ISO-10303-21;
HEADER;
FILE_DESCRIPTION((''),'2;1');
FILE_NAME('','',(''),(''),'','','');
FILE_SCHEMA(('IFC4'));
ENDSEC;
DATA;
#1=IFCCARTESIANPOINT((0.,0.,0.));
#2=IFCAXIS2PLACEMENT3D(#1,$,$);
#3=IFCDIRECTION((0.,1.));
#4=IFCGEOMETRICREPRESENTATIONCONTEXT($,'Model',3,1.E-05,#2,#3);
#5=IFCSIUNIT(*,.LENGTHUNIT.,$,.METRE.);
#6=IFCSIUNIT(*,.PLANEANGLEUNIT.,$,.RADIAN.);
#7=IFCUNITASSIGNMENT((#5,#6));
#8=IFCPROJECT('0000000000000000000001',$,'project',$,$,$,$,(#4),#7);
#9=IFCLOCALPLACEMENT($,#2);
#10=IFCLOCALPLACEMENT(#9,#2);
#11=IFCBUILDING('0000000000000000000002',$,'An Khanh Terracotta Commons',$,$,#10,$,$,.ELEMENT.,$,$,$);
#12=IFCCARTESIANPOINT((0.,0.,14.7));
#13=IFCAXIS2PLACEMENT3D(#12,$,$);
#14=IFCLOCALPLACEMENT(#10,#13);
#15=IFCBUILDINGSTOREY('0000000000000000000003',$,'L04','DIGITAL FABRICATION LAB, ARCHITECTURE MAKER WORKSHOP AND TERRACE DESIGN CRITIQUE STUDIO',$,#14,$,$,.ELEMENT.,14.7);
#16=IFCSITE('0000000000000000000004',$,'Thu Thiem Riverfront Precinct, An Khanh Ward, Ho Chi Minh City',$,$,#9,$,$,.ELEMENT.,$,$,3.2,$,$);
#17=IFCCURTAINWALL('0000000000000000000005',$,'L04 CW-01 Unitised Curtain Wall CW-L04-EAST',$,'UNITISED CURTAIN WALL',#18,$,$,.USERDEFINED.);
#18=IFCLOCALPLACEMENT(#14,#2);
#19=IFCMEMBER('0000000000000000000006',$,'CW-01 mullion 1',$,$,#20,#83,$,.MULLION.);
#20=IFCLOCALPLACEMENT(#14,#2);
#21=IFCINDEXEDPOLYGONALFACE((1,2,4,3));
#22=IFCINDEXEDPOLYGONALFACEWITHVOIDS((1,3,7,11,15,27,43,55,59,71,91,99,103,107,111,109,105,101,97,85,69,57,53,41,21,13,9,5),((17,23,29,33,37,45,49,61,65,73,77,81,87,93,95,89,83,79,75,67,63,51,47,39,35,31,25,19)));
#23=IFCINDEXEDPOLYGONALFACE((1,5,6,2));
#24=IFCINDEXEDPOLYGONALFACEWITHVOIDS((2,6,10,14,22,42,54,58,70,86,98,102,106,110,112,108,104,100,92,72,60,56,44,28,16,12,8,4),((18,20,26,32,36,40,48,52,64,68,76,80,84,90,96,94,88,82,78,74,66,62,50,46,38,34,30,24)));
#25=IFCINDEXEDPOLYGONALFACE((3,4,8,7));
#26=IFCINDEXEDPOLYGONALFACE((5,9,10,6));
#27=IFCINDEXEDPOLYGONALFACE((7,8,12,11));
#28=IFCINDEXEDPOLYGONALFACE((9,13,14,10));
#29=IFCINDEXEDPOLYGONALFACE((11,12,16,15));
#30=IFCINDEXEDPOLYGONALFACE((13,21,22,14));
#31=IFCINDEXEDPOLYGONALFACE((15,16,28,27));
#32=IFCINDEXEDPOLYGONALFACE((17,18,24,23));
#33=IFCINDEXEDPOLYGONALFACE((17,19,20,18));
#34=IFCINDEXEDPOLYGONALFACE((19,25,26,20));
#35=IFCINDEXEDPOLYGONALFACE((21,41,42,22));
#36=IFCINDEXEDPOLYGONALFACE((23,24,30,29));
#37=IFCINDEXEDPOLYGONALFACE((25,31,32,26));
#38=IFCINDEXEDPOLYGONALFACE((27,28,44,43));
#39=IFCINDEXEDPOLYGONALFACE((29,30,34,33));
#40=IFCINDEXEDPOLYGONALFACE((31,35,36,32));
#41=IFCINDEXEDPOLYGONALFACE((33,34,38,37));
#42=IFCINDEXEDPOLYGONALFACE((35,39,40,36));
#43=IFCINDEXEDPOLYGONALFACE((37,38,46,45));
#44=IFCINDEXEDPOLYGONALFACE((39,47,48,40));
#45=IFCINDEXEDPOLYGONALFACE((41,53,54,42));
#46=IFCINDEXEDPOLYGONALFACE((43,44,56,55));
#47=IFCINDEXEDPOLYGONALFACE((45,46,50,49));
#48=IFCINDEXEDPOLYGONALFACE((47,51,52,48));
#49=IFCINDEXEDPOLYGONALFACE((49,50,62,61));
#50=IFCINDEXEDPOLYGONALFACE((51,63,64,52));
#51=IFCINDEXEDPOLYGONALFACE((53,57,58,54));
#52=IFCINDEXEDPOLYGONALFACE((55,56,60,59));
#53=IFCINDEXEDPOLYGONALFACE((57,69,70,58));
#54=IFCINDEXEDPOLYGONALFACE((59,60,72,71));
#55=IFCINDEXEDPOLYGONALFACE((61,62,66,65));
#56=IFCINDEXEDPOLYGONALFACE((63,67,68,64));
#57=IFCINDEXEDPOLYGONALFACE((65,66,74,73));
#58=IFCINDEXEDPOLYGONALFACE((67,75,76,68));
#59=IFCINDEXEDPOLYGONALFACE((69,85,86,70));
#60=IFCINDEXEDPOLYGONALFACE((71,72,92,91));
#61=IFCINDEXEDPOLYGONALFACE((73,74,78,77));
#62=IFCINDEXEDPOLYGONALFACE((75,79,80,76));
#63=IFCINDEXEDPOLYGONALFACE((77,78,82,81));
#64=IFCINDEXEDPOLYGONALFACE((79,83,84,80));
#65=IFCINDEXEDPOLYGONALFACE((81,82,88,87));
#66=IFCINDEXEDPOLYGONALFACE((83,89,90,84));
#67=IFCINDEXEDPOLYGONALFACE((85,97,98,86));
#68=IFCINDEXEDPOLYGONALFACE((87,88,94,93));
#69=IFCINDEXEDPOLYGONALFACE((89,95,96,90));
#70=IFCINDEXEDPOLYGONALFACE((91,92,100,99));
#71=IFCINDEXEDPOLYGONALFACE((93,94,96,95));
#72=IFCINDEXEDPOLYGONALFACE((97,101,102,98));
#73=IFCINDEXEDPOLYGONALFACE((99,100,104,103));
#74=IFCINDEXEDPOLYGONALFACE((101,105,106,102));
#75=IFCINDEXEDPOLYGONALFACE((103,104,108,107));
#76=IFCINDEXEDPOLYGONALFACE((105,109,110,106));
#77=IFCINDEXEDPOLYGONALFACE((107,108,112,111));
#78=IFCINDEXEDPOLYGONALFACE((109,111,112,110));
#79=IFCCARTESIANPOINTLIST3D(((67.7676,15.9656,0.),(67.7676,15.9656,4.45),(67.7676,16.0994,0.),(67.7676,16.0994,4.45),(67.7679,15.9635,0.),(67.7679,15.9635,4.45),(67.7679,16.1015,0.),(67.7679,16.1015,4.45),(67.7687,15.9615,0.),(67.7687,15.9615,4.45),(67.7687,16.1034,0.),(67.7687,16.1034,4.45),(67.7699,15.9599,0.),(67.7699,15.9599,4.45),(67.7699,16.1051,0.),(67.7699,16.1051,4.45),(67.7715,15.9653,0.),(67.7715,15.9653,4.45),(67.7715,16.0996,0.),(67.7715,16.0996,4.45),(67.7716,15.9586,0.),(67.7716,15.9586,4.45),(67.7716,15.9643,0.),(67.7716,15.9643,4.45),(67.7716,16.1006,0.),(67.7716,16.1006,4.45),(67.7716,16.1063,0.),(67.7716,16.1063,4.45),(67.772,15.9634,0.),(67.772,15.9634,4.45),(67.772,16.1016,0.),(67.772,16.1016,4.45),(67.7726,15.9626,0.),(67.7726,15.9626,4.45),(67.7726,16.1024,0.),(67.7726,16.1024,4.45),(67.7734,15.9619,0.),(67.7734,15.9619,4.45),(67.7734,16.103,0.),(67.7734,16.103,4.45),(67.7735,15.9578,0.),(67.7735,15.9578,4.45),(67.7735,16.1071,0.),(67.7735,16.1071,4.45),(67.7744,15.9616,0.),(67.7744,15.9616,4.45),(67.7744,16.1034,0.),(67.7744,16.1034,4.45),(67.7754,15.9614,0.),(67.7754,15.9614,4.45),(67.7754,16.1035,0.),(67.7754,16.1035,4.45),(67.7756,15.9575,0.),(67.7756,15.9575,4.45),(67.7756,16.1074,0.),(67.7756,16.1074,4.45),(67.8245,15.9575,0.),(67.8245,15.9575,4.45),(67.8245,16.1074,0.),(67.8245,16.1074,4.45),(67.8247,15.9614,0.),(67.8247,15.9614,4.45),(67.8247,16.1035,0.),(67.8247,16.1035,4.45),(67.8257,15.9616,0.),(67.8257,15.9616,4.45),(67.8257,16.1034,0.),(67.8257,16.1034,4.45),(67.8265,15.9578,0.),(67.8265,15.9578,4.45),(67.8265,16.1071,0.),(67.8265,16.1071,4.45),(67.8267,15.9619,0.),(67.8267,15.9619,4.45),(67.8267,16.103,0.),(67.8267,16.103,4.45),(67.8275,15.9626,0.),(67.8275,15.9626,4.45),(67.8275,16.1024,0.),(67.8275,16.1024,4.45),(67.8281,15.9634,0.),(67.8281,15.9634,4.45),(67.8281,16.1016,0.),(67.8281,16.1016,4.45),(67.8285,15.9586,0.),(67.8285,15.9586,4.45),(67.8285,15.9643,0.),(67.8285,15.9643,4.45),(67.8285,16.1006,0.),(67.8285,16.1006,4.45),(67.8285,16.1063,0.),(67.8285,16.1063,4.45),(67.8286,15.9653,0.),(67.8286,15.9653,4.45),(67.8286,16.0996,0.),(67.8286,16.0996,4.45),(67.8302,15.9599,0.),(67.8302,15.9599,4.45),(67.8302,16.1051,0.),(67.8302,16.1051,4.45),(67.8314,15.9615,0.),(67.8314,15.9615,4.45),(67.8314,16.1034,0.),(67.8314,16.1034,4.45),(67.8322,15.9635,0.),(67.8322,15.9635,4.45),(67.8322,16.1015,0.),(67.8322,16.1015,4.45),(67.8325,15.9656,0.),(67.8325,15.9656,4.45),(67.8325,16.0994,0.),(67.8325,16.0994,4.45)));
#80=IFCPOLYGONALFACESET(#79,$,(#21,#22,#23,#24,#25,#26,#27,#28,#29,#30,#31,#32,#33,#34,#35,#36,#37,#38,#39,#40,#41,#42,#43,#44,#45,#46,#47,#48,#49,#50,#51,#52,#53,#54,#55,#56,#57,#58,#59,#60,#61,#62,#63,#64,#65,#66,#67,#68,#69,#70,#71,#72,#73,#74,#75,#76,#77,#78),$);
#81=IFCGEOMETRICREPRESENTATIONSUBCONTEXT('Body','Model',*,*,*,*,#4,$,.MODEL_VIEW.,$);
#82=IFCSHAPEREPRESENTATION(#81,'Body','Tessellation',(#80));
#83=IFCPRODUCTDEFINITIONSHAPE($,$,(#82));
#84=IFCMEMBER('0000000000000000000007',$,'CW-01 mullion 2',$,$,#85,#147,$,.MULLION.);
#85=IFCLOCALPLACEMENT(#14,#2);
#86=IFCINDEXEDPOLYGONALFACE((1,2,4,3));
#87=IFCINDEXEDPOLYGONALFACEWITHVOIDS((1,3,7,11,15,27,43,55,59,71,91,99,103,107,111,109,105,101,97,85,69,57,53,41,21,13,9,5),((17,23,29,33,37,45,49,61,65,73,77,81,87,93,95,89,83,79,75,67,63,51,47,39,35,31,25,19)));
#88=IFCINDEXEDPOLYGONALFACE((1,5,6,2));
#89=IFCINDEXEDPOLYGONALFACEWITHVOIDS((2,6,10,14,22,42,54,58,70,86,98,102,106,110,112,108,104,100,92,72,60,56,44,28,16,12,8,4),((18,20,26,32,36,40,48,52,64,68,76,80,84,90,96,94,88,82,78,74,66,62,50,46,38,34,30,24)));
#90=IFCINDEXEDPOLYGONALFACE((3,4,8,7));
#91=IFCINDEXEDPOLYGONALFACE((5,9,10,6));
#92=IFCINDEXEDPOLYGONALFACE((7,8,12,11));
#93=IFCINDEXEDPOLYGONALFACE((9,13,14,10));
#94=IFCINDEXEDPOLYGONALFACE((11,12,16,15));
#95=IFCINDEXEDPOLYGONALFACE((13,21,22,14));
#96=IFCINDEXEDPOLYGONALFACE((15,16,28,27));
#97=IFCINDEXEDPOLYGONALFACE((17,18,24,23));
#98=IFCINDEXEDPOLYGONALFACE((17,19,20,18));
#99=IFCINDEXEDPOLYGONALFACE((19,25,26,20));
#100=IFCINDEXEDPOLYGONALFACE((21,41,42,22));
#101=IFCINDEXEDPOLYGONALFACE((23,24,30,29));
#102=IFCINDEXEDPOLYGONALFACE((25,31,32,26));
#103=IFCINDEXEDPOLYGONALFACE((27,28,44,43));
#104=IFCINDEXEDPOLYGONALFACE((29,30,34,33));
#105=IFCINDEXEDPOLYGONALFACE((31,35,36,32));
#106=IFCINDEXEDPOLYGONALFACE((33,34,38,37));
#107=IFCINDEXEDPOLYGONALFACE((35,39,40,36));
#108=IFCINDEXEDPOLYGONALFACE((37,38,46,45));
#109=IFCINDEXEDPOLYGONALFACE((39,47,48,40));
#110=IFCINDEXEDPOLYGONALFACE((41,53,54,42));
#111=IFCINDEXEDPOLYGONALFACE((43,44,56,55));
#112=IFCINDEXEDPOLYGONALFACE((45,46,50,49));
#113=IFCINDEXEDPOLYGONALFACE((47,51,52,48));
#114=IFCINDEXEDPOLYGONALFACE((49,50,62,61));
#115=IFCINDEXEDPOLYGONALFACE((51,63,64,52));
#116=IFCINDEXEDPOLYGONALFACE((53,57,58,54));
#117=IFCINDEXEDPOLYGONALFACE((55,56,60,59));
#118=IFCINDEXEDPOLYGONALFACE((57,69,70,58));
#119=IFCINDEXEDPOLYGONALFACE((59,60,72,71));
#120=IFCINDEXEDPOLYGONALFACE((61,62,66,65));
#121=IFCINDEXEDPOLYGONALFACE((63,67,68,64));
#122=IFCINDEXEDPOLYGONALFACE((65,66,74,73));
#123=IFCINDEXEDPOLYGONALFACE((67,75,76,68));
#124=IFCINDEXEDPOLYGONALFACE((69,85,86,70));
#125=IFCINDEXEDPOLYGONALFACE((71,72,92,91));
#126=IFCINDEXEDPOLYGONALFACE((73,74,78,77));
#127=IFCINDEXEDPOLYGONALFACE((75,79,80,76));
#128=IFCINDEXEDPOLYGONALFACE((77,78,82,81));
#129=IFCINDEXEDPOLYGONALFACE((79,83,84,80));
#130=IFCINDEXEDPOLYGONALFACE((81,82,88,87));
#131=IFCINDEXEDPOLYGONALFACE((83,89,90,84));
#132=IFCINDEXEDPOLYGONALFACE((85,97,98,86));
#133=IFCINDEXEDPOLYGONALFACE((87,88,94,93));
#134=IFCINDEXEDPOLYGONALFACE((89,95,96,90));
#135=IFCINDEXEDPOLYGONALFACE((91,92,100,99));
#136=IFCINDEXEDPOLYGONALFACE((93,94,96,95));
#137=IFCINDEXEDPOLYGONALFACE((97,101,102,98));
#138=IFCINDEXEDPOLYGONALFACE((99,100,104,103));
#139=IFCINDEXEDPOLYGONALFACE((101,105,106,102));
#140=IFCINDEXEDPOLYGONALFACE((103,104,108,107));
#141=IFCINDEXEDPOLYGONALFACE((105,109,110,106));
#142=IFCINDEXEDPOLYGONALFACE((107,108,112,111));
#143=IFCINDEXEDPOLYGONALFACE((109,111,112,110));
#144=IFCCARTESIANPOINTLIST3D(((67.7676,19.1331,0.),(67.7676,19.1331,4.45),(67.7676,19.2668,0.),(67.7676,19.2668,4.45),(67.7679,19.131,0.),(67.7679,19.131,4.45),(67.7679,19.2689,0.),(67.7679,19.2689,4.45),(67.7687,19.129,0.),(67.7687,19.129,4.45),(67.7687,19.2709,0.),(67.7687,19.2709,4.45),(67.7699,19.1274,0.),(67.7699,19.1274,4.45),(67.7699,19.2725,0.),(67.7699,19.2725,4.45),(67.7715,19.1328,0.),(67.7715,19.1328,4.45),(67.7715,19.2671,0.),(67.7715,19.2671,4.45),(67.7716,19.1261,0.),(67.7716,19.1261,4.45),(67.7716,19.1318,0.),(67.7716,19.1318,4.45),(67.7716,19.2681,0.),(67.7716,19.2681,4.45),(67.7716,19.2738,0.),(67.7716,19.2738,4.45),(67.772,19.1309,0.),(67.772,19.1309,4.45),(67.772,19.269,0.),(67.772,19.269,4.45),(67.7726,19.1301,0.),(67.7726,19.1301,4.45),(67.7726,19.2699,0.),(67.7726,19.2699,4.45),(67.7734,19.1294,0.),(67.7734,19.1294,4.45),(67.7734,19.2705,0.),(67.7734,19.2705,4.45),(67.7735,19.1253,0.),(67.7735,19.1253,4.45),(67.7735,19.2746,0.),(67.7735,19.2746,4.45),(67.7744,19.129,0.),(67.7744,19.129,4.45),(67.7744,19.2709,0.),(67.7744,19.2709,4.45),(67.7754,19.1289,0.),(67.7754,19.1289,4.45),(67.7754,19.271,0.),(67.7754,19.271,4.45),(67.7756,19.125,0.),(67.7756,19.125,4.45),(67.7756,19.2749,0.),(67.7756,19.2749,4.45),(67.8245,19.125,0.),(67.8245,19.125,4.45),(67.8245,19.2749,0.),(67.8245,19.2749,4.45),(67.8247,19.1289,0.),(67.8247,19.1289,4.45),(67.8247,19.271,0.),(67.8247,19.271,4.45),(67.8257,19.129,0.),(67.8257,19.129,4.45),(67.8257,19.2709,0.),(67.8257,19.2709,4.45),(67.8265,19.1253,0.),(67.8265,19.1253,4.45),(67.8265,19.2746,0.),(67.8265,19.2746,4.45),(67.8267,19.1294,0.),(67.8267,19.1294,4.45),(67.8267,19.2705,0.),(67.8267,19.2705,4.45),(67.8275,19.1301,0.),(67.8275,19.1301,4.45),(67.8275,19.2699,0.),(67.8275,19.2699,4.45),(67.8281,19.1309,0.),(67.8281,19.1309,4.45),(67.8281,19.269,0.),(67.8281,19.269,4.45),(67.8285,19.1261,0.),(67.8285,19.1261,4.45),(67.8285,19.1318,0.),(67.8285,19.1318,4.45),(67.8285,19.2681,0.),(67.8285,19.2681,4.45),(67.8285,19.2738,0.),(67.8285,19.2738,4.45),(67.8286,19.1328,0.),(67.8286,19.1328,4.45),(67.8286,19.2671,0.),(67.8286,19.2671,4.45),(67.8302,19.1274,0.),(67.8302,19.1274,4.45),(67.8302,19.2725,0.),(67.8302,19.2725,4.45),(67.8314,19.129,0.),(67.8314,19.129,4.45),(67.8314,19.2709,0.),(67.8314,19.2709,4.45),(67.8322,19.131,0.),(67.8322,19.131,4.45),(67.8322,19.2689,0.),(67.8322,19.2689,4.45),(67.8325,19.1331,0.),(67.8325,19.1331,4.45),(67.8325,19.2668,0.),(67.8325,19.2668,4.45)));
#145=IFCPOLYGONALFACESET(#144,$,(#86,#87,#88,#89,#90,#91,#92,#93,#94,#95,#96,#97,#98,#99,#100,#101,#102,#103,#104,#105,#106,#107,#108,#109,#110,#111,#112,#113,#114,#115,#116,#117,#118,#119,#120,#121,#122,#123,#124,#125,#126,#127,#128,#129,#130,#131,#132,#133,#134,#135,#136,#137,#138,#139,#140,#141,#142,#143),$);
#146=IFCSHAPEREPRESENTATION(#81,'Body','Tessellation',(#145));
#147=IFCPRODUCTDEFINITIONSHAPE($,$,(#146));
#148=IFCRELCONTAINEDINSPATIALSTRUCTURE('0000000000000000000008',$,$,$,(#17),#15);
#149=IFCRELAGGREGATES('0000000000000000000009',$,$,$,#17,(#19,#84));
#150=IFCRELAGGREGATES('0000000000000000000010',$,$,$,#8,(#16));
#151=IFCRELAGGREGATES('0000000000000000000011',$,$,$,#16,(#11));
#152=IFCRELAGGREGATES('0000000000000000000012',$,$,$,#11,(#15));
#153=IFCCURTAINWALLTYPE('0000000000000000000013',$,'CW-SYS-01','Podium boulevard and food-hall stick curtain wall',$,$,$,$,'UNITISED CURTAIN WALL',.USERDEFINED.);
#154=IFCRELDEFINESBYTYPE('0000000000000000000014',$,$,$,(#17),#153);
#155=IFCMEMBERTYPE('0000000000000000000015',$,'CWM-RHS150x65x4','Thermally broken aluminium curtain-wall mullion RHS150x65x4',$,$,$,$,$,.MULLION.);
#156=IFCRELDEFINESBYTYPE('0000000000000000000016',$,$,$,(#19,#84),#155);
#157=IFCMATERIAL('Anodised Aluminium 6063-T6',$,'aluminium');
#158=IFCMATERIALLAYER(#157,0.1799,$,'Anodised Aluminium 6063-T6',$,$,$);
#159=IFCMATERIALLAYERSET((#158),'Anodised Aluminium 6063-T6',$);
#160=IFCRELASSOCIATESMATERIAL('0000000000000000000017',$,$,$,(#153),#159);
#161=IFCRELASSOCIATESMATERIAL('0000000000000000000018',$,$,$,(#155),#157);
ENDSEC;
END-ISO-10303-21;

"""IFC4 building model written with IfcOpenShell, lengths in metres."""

from ifc_helpers import new_model, si_unit, direction, frame, origin, origin_2d, place, context, subcontext, project, spatial, hollow_rectangle, extrude, material, layer, layer_set, material_profile, profile_set, type_object, element, aggregate, save


model = new_model("IFC4")

# Units and contexts
model_context = context("Model", 3, precision=1e-05, world=origin(), true_north=direction((0.0, 1.0)))
body_context = subcontext(model_context, "Body", "Model", "MODEL_VIEW")
ifc_project = project(units=[si_unit("LENGTHUNIT", "METRE"), si_unit("PLANEANGLEUNIT", "RADIAN")], contexts=[model_context])

# Site, building, storey
site_placement = place(None, origin())
site = spatial("IfcSite", under=ifc_project, at=site_placement, Name="Thu Thiem Riverfront Precinct, An Khanh Ward, Ho Chi Minh City", CompositionType="ELEMENT", RefElevation=3.2)
building_placement = place(site_placement, origin())
building = spatial("IfcBuilding", under=site, at=building_placement, Name="An Khanh Terracotta Commons", CompositionType="ELEMENT")
storey_placement = place(building_placement, frame((0.0, 0.0, 14.7)))
storey = spatial("IfcBuildingStorey", under=building, at=storey_placement, Name="L04", Description="DIGITAL FABRICATION LAB, ARCHITECTURE MAKER WORKSHOP AND TERRACE DESIGN CRITIQUE STUDIO", CompositionType="ELEMENT", Elevation=14.7)

# Curtain wall, members
ifc_material_1 = material(Name="Anodised Aluminium 6063-T6", Category="aluminium")
ifc_layer_1 = layer(ifc_material_1, 0.1799, Name="Anodised Aluminium 6063-T6")
ifc_layer_set_1 = layer_set([ifc_layer_1], Name="Anodised Aluminium 6063-T6")
curtain_wall_type = type_object("IfcCurtainWallType", Name="CW-SYS-01", Description="Podium boulevard and food-hall stick curtain wall", ElementType="UNITISED CURTAIN WALL", PredefinedType="USERDEFINED", material=ifc_layer_set_1)
curtain_wall_placement = place(storey_placement, origin())
curtain_wall = element("IfcCurtainWall", 1, at=curtain_wall_placement, inside=storey, type_object=curtain_wall_type, Name="L04 CW-01 Unitised Curtain Wall CW-L04-EAST", ObjectType="UNITISED CURTAIN WALL", PredefinedType="USERDEFINED")
ifc_material_profile_1 = material_profile(ifc_material_1, hollow_rectangle(XDim=0.0649, YDim=0.1499, WallThickness=0.0039, InnerFilletRadius=0.0039, OuterFilletRadius=0.0081, at=origin_2d()), Name="RHS150x65x4")
ifc_profile_set_1 = profile_set([ifc_material_profile_1], Name="Anodised Aluminium 6063-T6")
member_type_1 = type_object("IfcMemberType", Name="CWM-RHS150x65x4", Description="Thermally broken aluminium curtain-wall mullion RHS150x65x4", PredefinedType="MULLION", material=ifc_profile_set_1)
member_1_placement = place(storey_placement, frame((67.8, 16.0325, 0.0), z_axis=(0.0, 0.0, 1.0), x_axis=(-1.0, 0.0, 0.0)))
member_1 = element("IfcMember", 2, at=member_1_placement, type_object=member_type_1, Name="CW-01 mullion 1", PredefinedType="MULLION", context=body_context, shape_type="SweptSolid", body=[
    extrude(hollow_rectangle(XDim=0.0649, YDim=0.1499, WallThickness=0.0039, InnerFilletRadius=0.0039, OuterFilletRadius=0.0081, at=origin_2d()), origin(), (0.0, 0.0, 1.0), 4.45),
])
member_2_placement = place(storey_placement, frame((67.8, 19.2, 0.0), z_axis=(0.0, 0.0, 1.0), x_axis=(-1.0, 0.0, 0.0)))
member_2 = element("IfcMember", 3, at=member_2_placement, type_object=member_type_1, Name="CW-01 mullion 2", PredefinedType="MULLION", context=body_context, shape_type="SweptSolid", body=[
    extrude(hollow_rectangle(XDim=0.0649, YDim=0.1499, WallThickness=0.0039, InnerFilletRadius=0.0039, OuterFilletRadius=0.0081, at=origin_2d()), origin(), (0.0, 0.0, 1.0), 4.45),
])
aggregate(curtain_wall, [member_1, member_2])

save(model, "model.ifc")
